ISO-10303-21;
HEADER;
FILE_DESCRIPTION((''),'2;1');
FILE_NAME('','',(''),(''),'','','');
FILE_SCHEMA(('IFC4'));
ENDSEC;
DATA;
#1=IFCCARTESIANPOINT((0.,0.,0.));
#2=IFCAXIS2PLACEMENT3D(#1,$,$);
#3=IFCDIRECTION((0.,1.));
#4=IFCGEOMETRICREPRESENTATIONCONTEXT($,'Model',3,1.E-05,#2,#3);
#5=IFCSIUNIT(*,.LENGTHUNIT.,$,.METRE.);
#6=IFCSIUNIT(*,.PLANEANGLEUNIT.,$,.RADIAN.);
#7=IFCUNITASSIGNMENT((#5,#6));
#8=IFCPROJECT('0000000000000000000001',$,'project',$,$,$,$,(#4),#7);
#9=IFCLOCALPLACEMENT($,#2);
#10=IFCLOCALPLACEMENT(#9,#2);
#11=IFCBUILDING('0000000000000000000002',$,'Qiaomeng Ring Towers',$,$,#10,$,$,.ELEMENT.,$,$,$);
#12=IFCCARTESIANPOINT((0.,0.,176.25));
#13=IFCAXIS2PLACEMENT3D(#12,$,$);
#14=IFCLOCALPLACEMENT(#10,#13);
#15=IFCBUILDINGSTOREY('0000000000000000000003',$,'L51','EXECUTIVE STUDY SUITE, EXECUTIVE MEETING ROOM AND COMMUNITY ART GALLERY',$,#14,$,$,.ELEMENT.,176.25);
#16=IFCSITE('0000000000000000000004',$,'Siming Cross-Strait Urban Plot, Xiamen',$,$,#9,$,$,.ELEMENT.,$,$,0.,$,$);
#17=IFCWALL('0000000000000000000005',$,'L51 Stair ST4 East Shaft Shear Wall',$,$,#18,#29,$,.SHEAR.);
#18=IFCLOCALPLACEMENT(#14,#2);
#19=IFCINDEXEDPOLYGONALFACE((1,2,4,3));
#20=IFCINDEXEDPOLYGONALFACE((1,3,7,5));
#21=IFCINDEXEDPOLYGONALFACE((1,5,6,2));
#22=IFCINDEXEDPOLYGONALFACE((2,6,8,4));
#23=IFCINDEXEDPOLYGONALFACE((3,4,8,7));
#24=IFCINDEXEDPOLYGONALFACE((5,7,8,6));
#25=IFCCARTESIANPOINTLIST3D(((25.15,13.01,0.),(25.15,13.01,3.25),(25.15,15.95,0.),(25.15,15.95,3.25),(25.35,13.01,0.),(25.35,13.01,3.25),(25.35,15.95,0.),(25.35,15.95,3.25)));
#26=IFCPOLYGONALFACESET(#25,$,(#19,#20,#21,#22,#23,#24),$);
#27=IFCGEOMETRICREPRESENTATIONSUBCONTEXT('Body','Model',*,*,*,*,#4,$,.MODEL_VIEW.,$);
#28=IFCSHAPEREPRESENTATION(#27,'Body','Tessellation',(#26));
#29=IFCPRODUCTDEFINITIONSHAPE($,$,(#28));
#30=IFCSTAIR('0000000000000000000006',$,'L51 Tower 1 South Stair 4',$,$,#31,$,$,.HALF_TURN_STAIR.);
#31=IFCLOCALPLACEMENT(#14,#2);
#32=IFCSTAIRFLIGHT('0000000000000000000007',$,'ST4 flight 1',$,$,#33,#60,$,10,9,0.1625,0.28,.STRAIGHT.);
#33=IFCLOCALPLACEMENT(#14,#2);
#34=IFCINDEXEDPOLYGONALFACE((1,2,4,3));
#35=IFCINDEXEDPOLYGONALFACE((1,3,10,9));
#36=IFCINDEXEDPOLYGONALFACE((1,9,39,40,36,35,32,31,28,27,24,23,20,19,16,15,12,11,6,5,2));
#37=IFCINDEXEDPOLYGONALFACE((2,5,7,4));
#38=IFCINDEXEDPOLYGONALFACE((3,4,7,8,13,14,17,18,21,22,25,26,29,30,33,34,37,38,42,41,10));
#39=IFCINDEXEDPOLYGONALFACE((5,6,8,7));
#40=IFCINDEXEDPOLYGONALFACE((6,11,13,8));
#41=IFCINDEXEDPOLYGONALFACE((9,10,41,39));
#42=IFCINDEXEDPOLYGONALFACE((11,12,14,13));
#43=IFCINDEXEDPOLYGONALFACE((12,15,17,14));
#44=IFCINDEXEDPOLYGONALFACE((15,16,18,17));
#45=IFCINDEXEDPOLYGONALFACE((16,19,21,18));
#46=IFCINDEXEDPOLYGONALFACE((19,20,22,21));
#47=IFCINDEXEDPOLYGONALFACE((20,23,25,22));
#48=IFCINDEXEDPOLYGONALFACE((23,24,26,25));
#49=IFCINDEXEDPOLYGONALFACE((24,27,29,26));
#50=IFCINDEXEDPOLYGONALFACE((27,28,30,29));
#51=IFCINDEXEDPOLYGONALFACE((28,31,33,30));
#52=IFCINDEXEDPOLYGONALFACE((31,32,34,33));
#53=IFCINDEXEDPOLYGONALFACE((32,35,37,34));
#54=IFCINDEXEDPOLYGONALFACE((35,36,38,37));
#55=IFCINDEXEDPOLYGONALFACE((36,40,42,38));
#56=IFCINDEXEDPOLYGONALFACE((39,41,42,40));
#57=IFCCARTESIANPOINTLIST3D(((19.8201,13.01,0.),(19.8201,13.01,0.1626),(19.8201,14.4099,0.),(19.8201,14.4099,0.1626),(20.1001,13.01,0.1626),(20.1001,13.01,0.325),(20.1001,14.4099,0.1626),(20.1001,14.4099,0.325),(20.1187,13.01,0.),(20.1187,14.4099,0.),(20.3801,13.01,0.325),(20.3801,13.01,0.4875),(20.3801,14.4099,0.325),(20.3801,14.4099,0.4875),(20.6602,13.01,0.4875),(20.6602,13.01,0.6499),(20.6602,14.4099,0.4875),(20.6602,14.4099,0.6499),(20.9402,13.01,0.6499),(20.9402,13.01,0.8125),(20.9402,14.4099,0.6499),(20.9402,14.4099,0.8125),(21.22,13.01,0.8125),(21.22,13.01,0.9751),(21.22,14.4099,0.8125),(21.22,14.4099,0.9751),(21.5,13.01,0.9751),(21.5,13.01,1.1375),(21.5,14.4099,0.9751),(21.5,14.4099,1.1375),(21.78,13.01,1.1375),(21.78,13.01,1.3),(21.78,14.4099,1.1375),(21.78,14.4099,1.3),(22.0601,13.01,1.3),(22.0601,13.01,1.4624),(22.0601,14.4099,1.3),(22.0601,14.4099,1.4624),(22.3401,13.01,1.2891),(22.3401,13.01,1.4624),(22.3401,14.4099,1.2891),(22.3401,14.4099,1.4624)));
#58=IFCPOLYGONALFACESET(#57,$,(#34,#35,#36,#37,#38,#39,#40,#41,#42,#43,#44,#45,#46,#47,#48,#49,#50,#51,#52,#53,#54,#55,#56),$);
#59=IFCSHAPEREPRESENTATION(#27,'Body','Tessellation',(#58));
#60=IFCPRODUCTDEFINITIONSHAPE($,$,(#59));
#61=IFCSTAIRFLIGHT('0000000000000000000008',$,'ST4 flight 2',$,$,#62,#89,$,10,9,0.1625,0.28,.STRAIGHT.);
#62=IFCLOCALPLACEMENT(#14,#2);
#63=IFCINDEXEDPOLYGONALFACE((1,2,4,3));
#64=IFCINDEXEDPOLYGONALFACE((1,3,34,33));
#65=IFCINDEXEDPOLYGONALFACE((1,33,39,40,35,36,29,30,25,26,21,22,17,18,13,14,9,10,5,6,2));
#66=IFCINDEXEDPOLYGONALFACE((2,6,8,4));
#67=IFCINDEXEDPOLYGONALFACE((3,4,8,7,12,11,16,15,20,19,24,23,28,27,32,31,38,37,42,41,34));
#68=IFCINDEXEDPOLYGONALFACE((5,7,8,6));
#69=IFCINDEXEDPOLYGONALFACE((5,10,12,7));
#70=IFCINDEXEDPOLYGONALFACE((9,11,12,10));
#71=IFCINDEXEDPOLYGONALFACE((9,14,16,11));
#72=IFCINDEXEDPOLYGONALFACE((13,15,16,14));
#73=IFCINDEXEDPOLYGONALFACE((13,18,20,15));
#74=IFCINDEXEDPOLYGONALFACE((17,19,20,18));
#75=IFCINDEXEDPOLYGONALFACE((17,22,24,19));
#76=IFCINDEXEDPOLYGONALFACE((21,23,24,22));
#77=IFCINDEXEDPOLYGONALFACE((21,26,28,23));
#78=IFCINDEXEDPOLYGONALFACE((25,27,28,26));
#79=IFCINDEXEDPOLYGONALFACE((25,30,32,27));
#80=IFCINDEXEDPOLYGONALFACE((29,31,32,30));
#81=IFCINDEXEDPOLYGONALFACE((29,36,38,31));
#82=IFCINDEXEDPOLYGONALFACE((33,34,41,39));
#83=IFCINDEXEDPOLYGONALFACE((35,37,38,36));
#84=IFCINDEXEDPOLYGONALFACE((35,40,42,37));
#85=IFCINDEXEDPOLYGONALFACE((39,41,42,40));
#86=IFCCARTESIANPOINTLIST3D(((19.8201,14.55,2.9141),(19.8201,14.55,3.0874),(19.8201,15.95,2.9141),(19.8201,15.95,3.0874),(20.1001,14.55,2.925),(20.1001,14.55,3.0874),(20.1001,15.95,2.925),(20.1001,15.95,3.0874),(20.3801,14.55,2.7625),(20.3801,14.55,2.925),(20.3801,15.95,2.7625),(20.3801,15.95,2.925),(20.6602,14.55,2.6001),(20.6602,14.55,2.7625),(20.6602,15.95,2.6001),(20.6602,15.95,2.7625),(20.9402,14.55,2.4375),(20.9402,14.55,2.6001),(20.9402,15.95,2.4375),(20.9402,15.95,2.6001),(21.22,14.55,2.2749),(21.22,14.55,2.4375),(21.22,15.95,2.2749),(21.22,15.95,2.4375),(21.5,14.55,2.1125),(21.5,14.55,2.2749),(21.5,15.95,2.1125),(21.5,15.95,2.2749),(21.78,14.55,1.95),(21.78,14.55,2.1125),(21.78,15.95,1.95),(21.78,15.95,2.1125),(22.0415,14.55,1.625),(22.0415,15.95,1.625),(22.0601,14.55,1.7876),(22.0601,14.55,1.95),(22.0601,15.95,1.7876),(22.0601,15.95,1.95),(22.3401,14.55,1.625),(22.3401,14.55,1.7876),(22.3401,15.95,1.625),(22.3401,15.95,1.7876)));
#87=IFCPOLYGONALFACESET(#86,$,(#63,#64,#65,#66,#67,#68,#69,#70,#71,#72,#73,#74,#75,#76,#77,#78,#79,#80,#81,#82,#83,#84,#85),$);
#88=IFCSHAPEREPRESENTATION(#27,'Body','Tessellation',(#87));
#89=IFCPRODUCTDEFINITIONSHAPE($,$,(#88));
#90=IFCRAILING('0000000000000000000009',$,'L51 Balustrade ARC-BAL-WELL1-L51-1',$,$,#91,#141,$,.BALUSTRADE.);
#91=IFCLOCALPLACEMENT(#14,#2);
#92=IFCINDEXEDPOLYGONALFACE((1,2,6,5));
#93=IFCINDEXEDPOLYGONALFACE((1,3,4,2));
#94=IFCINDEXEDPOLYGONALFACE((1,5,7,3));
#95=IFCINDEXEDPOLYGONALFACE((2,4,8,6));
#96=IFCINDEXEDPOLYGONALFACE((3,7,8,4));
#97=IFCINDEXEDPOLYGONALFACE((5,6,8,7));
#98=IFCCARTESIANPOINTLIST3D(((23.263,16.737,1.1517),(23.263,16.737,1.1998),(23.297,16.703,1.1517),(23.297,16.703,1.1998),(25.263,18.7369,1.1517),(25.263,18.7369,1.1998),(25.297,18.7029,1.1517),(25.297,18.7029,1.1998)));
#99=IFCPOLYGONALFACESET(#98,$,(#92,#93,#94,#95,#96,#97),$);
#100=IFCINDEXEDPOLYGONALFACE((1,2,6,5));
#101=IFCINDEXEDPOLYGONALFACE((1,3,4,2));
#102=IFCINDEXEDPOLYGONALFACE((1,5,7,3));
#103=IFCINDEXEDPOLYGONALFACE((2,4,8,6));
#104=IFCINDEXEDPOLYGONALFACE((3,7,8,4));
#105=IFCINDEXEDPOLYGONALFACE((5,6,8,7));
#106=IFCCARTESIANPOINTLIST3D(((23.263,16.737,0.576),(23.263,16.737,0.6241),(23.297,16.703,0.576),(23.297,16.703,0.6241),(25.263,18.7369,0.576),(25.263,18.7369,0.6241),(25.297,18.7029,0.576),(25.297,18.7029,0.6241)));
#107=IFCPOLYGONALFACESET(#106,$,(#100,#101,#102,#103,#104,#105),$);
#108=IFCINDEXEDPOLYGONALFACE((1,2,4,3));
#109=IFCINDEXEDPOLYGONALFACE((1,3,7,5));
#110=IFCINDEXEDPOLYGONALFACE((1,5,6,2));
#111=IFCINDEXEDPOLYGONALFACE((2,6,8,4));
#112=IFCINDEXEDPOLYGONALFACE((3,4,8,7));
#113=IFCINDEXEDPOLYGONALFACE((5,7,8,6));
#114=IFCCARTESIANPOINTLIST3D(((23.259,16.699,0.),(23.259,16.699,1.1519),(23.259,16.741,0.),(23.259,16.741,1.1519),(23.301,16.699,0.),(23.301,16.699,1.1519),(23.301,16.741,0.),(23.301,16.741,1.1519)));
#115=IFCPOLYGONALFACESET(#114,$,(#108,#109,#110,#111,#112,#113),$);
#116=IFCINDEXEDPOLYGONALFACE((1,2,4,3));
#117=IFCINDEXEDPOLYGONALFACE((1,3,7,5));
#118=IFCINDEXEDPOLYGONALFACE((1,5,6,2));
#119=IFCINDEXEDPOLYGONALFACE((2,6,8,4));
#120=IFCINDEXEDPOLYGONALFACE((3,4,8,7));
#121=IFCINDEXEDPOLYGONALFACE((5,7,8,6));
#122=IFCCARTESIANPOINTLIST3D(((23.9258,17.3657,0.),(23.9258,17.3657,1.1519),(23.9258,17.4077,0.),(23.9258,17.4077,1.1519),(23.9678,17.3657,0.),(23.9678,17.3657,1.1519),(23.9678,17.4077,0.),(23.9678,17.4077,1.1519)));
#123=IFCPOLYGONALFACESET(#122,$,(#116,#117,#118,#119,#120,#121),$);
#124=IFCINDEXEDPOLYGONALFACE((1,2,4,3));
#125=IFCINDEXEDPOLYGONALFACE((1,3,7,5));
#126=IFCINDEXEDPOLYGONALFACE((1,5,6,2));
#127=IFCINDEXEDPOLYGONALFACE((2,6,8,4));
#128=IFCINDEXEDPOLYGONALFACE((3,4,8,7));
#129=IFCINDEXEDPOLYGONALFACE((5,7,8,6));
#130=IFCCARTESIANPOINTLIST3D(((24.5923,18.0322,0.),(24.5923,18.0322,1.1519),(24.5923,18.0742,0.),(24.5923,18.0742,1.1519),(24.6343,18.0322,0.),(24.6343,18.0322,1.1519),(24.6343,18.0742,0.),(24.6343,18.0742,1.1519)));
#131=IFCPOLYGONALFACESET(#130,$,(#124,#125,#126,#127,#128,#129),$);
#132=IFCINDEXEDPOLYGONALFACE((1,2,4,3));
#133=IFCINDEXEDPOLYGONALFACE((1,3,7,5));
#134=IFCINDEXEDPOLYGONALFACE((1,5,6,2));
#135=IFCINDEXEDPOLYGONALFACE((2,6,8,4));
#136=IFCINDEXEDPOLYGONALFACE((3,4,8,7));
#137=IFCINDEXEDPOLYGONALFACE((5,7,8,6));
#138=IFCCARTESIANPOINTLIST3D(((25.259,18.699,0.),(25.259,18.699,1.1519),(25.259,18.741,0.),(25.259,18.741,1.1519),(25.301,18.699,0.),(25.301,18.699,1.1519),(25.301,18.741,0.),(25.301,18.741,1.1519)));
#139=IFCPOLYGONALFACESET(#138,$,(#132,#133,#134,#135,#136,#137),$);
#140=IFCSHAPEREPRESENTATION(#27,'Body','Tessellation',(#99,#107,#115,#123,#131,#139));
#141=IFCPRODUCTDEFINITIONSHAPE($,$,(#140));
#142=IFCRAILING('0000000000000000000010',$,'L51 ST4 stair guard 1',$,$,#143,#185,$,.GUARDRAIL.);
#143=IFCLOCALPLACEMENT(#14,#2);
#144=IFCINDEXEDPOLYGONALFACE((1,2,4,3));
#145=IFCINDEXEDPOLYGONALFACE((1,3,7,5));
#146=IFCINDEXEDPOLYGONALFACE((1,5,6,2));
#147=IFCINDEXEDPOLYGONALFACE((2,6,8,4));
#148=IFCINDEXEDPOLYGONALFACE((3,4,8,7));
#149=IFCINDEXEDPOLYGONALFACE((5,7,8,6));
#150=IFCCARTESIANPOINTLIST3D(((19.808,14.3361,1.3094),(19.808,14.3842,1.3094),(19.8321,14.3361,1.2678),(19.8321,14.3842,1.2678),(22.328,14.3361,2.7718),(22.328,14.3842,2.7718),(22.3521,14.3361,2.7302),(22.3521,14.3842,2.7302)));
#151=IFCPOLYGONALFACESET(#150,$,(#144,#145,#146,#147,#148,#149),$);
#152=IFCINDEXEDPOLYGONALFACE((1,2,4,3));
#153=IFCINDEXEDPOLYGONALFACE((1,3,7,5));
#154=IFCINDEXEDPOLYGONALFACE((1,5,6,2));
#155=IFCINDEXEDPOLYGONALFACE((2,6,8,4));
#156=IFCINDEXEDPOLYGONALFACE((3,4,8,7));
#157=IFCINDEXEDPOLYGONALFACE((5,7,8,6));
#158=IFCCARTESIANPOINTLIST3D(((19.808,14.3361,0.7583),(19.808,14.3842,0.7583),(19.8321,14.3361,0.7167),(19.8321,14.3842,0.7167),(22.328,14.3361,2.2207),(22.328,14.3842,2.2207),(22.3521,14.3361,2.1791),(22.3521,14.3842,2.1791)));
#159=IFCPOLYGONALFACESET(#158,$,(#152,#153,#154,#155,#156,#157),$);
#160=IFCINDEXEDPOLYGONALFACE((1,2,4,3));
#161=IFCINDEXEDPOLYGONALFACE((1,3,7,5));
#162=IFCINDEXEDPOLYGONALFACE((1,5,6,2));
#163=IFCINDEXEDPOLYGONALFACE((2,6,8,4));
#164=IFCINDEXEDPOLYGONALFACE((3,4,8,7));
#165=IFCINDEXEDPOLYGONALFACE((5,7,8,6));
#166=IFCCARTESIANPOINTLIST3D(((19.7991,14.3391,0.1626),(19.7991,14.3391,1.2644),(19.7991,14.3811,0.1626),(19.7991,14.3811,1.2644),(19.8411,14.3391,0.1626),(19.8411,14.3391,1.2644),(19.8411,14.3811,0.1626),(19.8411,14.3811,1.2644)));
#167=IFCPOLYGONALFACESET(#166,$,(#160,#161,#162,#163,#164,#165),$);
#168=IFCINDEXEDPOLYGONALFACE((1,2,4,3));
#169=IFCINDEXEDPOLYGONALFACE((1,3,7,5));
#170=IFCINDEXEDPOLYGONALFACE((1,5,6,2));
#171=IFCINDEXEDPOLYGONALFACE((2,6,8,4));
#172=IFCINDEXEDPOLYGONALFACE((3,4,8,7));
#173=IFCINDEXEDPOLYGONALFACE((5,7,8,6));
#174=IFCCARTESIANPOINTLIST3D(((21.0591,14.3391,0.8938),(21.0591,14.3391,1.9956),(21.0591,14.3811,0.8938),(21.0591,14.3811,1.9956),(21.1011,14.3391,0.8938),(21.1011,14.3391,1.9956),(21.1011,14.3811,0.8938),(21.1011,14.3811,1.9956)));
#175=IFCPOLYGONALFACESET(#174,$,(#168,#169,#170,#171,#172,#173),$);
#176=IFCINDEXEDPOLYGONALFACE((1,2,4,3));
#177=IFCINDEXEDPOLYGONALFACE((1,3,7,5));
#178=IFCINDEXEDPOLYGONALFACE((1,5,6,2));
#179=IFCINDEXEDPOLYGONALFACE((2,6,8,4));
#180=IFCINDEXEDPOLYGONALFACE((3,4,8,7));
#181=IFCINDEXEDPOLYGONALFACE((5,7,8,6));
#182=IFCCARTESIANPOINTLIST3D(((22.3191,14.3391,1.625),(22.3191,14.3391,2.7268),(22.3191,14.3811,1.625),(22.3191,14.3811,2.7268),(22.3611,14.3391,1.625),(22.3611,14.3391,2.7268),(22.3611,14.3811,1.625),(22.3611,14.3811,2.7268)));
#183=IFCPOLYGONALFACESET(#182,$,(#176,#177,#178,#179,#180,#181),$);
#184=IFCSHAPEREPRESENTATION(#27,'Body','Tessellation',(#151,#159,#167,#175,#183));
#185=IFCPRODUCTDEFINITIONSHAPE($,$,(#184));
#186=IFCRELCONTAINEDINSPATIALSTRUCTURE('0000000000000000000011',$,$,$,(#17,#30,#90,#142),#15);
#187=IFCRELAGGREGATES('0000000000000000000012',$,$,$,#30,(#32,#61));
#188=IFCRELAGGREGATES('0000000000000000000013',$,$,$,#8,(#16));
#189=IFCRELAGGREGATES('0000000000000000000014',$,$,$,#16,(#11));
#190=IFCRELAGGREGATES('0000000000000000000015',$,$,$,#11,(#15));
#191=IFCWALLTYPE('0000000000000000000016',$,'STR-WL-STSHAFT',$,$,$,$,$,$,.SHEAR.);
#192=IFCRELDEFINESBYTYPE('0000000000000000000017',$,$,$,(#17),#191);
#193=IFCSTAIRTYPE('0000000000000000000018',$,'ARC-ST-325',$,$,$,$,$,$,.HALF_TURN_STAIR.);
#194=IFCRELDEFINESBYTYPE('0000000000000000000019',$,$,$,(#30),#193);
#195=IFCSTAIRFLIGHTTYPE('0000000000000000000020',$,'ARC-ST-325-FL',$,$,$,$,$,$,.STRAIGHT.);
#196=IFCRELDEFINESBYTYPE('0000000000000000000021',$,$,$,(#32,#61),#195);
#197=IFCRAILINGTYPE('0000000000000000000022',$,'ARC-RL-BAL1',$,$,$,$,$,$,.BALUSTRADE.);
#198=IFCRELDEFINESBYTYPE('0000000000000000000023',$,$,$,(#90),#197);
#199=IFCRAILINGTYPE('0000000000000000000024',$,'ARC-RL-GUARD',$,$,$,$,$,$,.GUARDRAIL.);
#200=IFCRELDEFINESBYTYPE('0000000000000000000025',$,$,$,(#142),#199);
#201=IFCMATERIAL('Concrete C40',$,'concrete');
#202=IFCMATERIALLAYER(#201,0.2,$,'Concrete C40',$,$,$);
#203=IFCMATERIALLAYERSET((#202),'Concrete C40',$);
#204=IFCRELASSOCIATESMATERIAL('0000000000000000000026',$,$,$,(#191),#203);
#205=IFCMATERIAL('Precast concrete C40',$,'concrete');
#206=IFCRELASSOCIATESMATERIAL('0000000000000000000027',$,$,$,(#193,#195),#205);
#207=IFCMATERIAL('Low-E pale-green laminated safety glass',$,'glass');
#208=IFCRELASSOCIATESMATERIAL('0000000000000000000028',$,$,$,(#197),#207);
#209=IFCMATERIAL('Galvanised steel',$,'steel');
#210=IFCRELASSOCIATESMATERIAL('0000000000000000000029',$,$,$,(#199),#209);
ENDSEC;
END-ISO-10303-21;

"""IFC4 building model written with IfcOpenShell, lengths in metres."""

from ifc_helpers import new_model, si_unit, direction, frame, frame_2d, origin, origin_2d, place, context, subcontext, project, spatial, polyline, rectangle, outline, extrude, source, transform, mapped, material, layer, layer_set, type_object, element, aggregate, save


model = new_model("IFC4")

# Units and contexts
model_context = context("Model", 3, precision=1e-05, world=origin(), true_north=direction((0.0, 1.0)))
body_context = subcontext(model_context, "Body", "Model", "MODEL_VIEW")
ifc_project = project(units=[si_unit("LENGTHUNIT", "METRE"), si_unit("PLANEANGLEUNIT", "RADIAN")], contexts=[model_context])

# Site, building, storey
site_placement = place(None, origin())
site = spatial("IfcSite", under=ifc_project, at=site_placement, Name="Siming Cross-Strait Urban Plot, Xiamen", CompositionType="ELEMENT", RefElevation=0.0)
building_placement = place(site_placement, origin())
building = spatial("IfcBuilding", under=site, at=building_placement, Name="Qiaomeng Ring Towers", CompositionType="ELEMENT")
storey_placement = place(building_placement, frame((0.0, 0.0, 176.25)))
storey = spatial("IfcBuildingStorey", under=building, at=storey_placement, Name="L51", Description="EXECUTIVE STUDY SUITE, EXECUTIVE MEETING ROOM AND COMMUNITY ART GALLERY", CompositionType="ELEMENT", Elevation=176.25)

# Shared definitions
ifc_material_1 = material(Name="Concrete C40", Category="concrete")
ifc_layer_1 = layer(ifc_material_1, 0.2, Name="Concrete C40")
ifc_layer_set_1 = layer_set([ifc_layer_1], Name="Concrete C40")
wall_type_1 = type_object("IfcWallType", Name="STR-WL-STSHAFT", PredefinedType="SHEAR", material=ifc_layer_set_1)

# Shared definitions
ifc_material_2 = material(Name="Galvanised steel", Category="steel")

# Wall
for number, where, z_axis, x_axis, name in (
    (1, (25.25, 13.01, 0.0), (0.0, 0.0, 1.0), (0.0, 1.0, 0.0), "L51 Stair ST4 East Shaft Shear Wall"),
):
    element("IfcWall", number, at=place(storey_placement, frame(where, z_axis=z_axis, x_axis=x_axis)), inside=storey, type_object=wall_type_1, Name=name, PredefinedType="SHEAR", context=body_context, shape_type="SweptSolid", body=[
        extrude(rectangle(XDim=2.9399, YDim=0.2, at=frame_2d((1.47, 0.0))), origin(), (0.0, 0.0, 1.0), 3.25),
    ])

# Stair, stair flights
ifc_material_3 = material(Name="Precast concrete C40", Category="concrete")
stair_type = type_object("IfcStairType", Name="ARC-ST-325", PredefinedType="HALF_TURN_STAIR", material=ifc_material_3)
stair_placement = place(storey_placement, origin())
stair = element("IfcStair", 2, at=stair_placement, inside=storey, type_object=stair_type, Name="L51 Tower 1 South Stair 4", PredefinedType="HALF_TURN_STAIR")
stair_flight_type = type_object("IfcStairFlightType", Name="ARC-ST-325-FL", PredefinedType="STRAIGHT", material=ifc_material_3)
shared_shape_1 = source(origin(), body_context, "Body", "SweptSolid", [
    extrude(outline(polyline([(0.0, 0.0), (0.0, 0.1626), (0.28, 0.1626), (0.28, 0.325), (0.5601, 0.325), (0.5601, 0.4875), (0.8401, 0.4875), (0.8401, 0.6499), (1.1201, 0.6499), (1.1201, 0.8125), (1.3999, 0.8125), (1.3999, 0.9751), (1.6799, 0.9751), (1.6799, 1.1375), (1.96, 1.1375), (1.96, 1.3), (2.24, 1.3), (2.24, 1.4624), (2.52, 1.4624), (2.52, 1.625), (2.52, 1.2891), (0.2986, 0.0), (0.0, 0.0)])), frame((0.0, 0.7, 0.0), z_axis=(0.0, -1.0, 0.0), x_axis=(1.0, 0.0, 0.0)), (0.0, 0.0, 1.0), 1.3999),
])
stair_flight_1_placement = place(storey_placement, frame((19.8201, 13.71, 0.0), z_axis=(0.0, 0.0, 1.0), x_axis=(1.0, 0.0, 0.0)))
stair_flight_1 = element("IfcStairFlight", 3, at=stair_flight_1_placement, type_object=stair_flight_type, Name="ST4 flight 1", NumberOfRisers=10, NumberOfTreads=9, PredefinedType="STRAIGHT", RiserHeight=0.1625, TreadLength=0.28, context=body_context, shape_type="MappedRepresentation", body=[
    mapped(shared_shape_1, transform((0.0, 0.0, 0.0), x_axis=(1.0, 0.0, 0.0), y_axis=(0.0, 1.0, 0.0), z_axis=(0.0, 0.0, 1.0), scale=1.0)),
])
stair_flight_2_placement = place(storey_placement, frame((22.3401, 15.25, 1.625), z_axis=(0.0, 0.0, 1.0), x_axis=(-1.0, 0.0, 0.0)))
stair_flight_2 = element("IfcStairFlight", 4, at=stair_flight_2_placement, type_object=stair_flight_type, Name="ST4 flight 2", NumberOfRisers=10, NumberOfTreads=9, PredefinedType="STRAIGHT", RiserHeight=0.1625, TreadLength=0.28, context=body_context, shape_type="MappedRepresentation", body=[
    mapped(shared_shape_1, transform((0.0, 0.0, 0.0), x_axis=(1.0, 0.0, 0.0), y_axis=(0.0, 1.0, 0.0), z_axis=(0.0, 0.0, 1.0), scale=1.0)),
])
aggregate(stair, [stair_flight_1, stair_flight_2])

# Railings
ifc_material_4 = material(Name="Low-E pale-green laminated safety glass", Category="glass")
railing_type_1 = type_object("IfcRailingType", Name="ARC-RL-BAL1", PredefinedType="BALUSTRADE", material=ifc_material_4)
railing_1_placement = place(storey_placement, frame((23.28, 16.72, 0.0)))
element("IfcRailing", 5, at=railing_1_placement, inside=storey, type_object=railing_type_1, Name="L51 Balustrade ARC-BAL-WELL1-L51-1", PredefinedType="BALUSTRADE", context=body_context, shape_type="SweptSolid", body=[
    extrude(rectangle(XDim=0.0481, YDim=0.0481, at=origin_2d()), frame((0.0, 0.0, 1.1758), z_axis=(0.707107, 0.707107, 0.0), x_axis=(-0.707107, 0.707107, 0.0)), (0.0, 0.0, 1.0), 2.8284),
    extrude(rectangle(XDim=0.0481, YDim=0.0481, at=origin_2d()), frame((0.0, 0.0, 0.6001), z_axis=(0.707107, 0.707107, 0.0), x_axis=(-0.707107, 0.707107, 0.0)), (0.0, 0.0, 1.0), 2.8284),
    extrude(rectangle(XDim=0.042, YDim=0.042, at=origin_2d()), origin(), (0.0, 0.0, 1.0), 1.1519),
    extrude(rectangle(XDim=0.042, YDim=0.042, at=origin_2d()), frame((0.6667, 0.6667, 0.0)), (0.0, 0.0, 1.0), 1.1519),
    extrude(rectangle(XDim=0.042, YDim=0.042, at=origin_2d()), frame((1.3333, 1.3333, 0.0)), (0.0, 0.0, 1.0), 1.1519),
    extrude(rectangle(XDim=0.042, YDim=0.042, at=origin_2d()), frame((2.0, 2.0, 0.0)), (0.0, 0.0, 1.0), 1.1519),
])
railing_type_2 = type_object("IfcRailingType", Name="ARC-RL-GUARD", PredefinedType="GUARDRAIL", material=ifc_material_2)
railing_2_placement = place(storey_placement, frame((19.8201, 14.3601, 0.1626)))
element("IfcRailing", 6, at=railing_2_placement, inside=storey, type_object=railing_type_2, Name="L51 ST4 stair guard 1", PredefinedType="GUARDRAIL", context=body_context, shape_type="SweptSolid", body=[
    extrude(rectangle(XDim=0.0481, YDim=0.0481, at=origin_2d()), frame((0.0, 0.0, 1.126), z_axis=(0.864913, 0.0, 0.501921), x_axis=(0.0, 1.0, 0.0)), (0.0, 0.0, 1.0), 2.9136),
    extrude(rectangle(XDim=0.0481, YDim=0.0481, at=origin_2d()), frame((0.0, 0.0, 0.575), z_axis=(0.864913, 0.0, 0.501921), x_axis=(0.0, 1.0, 0.0)), (0.0, 0.0, 1.0), 2.9136),
    extrude(rectangle(XDim=0.042, YDim=0.042, at=origin_2d()), origin(), (0.0, 0.0, 1.0), 1.1018),
    extrude(rectangle(XDim=0.042, YDim=0.042, at=origin_2d()), frame((1.26, 0.0, 0.7312)), (0.0, 0.0, 1.0), 1.1018),
    extrude(rectangle(XDim=0.042, YDim=0.042, at=origin_2d()), frame((2.52, 0.0, 1.4624)), (0.0, 0.0, 1.0), 1.1018),
])

save(model, "model.ifc")
